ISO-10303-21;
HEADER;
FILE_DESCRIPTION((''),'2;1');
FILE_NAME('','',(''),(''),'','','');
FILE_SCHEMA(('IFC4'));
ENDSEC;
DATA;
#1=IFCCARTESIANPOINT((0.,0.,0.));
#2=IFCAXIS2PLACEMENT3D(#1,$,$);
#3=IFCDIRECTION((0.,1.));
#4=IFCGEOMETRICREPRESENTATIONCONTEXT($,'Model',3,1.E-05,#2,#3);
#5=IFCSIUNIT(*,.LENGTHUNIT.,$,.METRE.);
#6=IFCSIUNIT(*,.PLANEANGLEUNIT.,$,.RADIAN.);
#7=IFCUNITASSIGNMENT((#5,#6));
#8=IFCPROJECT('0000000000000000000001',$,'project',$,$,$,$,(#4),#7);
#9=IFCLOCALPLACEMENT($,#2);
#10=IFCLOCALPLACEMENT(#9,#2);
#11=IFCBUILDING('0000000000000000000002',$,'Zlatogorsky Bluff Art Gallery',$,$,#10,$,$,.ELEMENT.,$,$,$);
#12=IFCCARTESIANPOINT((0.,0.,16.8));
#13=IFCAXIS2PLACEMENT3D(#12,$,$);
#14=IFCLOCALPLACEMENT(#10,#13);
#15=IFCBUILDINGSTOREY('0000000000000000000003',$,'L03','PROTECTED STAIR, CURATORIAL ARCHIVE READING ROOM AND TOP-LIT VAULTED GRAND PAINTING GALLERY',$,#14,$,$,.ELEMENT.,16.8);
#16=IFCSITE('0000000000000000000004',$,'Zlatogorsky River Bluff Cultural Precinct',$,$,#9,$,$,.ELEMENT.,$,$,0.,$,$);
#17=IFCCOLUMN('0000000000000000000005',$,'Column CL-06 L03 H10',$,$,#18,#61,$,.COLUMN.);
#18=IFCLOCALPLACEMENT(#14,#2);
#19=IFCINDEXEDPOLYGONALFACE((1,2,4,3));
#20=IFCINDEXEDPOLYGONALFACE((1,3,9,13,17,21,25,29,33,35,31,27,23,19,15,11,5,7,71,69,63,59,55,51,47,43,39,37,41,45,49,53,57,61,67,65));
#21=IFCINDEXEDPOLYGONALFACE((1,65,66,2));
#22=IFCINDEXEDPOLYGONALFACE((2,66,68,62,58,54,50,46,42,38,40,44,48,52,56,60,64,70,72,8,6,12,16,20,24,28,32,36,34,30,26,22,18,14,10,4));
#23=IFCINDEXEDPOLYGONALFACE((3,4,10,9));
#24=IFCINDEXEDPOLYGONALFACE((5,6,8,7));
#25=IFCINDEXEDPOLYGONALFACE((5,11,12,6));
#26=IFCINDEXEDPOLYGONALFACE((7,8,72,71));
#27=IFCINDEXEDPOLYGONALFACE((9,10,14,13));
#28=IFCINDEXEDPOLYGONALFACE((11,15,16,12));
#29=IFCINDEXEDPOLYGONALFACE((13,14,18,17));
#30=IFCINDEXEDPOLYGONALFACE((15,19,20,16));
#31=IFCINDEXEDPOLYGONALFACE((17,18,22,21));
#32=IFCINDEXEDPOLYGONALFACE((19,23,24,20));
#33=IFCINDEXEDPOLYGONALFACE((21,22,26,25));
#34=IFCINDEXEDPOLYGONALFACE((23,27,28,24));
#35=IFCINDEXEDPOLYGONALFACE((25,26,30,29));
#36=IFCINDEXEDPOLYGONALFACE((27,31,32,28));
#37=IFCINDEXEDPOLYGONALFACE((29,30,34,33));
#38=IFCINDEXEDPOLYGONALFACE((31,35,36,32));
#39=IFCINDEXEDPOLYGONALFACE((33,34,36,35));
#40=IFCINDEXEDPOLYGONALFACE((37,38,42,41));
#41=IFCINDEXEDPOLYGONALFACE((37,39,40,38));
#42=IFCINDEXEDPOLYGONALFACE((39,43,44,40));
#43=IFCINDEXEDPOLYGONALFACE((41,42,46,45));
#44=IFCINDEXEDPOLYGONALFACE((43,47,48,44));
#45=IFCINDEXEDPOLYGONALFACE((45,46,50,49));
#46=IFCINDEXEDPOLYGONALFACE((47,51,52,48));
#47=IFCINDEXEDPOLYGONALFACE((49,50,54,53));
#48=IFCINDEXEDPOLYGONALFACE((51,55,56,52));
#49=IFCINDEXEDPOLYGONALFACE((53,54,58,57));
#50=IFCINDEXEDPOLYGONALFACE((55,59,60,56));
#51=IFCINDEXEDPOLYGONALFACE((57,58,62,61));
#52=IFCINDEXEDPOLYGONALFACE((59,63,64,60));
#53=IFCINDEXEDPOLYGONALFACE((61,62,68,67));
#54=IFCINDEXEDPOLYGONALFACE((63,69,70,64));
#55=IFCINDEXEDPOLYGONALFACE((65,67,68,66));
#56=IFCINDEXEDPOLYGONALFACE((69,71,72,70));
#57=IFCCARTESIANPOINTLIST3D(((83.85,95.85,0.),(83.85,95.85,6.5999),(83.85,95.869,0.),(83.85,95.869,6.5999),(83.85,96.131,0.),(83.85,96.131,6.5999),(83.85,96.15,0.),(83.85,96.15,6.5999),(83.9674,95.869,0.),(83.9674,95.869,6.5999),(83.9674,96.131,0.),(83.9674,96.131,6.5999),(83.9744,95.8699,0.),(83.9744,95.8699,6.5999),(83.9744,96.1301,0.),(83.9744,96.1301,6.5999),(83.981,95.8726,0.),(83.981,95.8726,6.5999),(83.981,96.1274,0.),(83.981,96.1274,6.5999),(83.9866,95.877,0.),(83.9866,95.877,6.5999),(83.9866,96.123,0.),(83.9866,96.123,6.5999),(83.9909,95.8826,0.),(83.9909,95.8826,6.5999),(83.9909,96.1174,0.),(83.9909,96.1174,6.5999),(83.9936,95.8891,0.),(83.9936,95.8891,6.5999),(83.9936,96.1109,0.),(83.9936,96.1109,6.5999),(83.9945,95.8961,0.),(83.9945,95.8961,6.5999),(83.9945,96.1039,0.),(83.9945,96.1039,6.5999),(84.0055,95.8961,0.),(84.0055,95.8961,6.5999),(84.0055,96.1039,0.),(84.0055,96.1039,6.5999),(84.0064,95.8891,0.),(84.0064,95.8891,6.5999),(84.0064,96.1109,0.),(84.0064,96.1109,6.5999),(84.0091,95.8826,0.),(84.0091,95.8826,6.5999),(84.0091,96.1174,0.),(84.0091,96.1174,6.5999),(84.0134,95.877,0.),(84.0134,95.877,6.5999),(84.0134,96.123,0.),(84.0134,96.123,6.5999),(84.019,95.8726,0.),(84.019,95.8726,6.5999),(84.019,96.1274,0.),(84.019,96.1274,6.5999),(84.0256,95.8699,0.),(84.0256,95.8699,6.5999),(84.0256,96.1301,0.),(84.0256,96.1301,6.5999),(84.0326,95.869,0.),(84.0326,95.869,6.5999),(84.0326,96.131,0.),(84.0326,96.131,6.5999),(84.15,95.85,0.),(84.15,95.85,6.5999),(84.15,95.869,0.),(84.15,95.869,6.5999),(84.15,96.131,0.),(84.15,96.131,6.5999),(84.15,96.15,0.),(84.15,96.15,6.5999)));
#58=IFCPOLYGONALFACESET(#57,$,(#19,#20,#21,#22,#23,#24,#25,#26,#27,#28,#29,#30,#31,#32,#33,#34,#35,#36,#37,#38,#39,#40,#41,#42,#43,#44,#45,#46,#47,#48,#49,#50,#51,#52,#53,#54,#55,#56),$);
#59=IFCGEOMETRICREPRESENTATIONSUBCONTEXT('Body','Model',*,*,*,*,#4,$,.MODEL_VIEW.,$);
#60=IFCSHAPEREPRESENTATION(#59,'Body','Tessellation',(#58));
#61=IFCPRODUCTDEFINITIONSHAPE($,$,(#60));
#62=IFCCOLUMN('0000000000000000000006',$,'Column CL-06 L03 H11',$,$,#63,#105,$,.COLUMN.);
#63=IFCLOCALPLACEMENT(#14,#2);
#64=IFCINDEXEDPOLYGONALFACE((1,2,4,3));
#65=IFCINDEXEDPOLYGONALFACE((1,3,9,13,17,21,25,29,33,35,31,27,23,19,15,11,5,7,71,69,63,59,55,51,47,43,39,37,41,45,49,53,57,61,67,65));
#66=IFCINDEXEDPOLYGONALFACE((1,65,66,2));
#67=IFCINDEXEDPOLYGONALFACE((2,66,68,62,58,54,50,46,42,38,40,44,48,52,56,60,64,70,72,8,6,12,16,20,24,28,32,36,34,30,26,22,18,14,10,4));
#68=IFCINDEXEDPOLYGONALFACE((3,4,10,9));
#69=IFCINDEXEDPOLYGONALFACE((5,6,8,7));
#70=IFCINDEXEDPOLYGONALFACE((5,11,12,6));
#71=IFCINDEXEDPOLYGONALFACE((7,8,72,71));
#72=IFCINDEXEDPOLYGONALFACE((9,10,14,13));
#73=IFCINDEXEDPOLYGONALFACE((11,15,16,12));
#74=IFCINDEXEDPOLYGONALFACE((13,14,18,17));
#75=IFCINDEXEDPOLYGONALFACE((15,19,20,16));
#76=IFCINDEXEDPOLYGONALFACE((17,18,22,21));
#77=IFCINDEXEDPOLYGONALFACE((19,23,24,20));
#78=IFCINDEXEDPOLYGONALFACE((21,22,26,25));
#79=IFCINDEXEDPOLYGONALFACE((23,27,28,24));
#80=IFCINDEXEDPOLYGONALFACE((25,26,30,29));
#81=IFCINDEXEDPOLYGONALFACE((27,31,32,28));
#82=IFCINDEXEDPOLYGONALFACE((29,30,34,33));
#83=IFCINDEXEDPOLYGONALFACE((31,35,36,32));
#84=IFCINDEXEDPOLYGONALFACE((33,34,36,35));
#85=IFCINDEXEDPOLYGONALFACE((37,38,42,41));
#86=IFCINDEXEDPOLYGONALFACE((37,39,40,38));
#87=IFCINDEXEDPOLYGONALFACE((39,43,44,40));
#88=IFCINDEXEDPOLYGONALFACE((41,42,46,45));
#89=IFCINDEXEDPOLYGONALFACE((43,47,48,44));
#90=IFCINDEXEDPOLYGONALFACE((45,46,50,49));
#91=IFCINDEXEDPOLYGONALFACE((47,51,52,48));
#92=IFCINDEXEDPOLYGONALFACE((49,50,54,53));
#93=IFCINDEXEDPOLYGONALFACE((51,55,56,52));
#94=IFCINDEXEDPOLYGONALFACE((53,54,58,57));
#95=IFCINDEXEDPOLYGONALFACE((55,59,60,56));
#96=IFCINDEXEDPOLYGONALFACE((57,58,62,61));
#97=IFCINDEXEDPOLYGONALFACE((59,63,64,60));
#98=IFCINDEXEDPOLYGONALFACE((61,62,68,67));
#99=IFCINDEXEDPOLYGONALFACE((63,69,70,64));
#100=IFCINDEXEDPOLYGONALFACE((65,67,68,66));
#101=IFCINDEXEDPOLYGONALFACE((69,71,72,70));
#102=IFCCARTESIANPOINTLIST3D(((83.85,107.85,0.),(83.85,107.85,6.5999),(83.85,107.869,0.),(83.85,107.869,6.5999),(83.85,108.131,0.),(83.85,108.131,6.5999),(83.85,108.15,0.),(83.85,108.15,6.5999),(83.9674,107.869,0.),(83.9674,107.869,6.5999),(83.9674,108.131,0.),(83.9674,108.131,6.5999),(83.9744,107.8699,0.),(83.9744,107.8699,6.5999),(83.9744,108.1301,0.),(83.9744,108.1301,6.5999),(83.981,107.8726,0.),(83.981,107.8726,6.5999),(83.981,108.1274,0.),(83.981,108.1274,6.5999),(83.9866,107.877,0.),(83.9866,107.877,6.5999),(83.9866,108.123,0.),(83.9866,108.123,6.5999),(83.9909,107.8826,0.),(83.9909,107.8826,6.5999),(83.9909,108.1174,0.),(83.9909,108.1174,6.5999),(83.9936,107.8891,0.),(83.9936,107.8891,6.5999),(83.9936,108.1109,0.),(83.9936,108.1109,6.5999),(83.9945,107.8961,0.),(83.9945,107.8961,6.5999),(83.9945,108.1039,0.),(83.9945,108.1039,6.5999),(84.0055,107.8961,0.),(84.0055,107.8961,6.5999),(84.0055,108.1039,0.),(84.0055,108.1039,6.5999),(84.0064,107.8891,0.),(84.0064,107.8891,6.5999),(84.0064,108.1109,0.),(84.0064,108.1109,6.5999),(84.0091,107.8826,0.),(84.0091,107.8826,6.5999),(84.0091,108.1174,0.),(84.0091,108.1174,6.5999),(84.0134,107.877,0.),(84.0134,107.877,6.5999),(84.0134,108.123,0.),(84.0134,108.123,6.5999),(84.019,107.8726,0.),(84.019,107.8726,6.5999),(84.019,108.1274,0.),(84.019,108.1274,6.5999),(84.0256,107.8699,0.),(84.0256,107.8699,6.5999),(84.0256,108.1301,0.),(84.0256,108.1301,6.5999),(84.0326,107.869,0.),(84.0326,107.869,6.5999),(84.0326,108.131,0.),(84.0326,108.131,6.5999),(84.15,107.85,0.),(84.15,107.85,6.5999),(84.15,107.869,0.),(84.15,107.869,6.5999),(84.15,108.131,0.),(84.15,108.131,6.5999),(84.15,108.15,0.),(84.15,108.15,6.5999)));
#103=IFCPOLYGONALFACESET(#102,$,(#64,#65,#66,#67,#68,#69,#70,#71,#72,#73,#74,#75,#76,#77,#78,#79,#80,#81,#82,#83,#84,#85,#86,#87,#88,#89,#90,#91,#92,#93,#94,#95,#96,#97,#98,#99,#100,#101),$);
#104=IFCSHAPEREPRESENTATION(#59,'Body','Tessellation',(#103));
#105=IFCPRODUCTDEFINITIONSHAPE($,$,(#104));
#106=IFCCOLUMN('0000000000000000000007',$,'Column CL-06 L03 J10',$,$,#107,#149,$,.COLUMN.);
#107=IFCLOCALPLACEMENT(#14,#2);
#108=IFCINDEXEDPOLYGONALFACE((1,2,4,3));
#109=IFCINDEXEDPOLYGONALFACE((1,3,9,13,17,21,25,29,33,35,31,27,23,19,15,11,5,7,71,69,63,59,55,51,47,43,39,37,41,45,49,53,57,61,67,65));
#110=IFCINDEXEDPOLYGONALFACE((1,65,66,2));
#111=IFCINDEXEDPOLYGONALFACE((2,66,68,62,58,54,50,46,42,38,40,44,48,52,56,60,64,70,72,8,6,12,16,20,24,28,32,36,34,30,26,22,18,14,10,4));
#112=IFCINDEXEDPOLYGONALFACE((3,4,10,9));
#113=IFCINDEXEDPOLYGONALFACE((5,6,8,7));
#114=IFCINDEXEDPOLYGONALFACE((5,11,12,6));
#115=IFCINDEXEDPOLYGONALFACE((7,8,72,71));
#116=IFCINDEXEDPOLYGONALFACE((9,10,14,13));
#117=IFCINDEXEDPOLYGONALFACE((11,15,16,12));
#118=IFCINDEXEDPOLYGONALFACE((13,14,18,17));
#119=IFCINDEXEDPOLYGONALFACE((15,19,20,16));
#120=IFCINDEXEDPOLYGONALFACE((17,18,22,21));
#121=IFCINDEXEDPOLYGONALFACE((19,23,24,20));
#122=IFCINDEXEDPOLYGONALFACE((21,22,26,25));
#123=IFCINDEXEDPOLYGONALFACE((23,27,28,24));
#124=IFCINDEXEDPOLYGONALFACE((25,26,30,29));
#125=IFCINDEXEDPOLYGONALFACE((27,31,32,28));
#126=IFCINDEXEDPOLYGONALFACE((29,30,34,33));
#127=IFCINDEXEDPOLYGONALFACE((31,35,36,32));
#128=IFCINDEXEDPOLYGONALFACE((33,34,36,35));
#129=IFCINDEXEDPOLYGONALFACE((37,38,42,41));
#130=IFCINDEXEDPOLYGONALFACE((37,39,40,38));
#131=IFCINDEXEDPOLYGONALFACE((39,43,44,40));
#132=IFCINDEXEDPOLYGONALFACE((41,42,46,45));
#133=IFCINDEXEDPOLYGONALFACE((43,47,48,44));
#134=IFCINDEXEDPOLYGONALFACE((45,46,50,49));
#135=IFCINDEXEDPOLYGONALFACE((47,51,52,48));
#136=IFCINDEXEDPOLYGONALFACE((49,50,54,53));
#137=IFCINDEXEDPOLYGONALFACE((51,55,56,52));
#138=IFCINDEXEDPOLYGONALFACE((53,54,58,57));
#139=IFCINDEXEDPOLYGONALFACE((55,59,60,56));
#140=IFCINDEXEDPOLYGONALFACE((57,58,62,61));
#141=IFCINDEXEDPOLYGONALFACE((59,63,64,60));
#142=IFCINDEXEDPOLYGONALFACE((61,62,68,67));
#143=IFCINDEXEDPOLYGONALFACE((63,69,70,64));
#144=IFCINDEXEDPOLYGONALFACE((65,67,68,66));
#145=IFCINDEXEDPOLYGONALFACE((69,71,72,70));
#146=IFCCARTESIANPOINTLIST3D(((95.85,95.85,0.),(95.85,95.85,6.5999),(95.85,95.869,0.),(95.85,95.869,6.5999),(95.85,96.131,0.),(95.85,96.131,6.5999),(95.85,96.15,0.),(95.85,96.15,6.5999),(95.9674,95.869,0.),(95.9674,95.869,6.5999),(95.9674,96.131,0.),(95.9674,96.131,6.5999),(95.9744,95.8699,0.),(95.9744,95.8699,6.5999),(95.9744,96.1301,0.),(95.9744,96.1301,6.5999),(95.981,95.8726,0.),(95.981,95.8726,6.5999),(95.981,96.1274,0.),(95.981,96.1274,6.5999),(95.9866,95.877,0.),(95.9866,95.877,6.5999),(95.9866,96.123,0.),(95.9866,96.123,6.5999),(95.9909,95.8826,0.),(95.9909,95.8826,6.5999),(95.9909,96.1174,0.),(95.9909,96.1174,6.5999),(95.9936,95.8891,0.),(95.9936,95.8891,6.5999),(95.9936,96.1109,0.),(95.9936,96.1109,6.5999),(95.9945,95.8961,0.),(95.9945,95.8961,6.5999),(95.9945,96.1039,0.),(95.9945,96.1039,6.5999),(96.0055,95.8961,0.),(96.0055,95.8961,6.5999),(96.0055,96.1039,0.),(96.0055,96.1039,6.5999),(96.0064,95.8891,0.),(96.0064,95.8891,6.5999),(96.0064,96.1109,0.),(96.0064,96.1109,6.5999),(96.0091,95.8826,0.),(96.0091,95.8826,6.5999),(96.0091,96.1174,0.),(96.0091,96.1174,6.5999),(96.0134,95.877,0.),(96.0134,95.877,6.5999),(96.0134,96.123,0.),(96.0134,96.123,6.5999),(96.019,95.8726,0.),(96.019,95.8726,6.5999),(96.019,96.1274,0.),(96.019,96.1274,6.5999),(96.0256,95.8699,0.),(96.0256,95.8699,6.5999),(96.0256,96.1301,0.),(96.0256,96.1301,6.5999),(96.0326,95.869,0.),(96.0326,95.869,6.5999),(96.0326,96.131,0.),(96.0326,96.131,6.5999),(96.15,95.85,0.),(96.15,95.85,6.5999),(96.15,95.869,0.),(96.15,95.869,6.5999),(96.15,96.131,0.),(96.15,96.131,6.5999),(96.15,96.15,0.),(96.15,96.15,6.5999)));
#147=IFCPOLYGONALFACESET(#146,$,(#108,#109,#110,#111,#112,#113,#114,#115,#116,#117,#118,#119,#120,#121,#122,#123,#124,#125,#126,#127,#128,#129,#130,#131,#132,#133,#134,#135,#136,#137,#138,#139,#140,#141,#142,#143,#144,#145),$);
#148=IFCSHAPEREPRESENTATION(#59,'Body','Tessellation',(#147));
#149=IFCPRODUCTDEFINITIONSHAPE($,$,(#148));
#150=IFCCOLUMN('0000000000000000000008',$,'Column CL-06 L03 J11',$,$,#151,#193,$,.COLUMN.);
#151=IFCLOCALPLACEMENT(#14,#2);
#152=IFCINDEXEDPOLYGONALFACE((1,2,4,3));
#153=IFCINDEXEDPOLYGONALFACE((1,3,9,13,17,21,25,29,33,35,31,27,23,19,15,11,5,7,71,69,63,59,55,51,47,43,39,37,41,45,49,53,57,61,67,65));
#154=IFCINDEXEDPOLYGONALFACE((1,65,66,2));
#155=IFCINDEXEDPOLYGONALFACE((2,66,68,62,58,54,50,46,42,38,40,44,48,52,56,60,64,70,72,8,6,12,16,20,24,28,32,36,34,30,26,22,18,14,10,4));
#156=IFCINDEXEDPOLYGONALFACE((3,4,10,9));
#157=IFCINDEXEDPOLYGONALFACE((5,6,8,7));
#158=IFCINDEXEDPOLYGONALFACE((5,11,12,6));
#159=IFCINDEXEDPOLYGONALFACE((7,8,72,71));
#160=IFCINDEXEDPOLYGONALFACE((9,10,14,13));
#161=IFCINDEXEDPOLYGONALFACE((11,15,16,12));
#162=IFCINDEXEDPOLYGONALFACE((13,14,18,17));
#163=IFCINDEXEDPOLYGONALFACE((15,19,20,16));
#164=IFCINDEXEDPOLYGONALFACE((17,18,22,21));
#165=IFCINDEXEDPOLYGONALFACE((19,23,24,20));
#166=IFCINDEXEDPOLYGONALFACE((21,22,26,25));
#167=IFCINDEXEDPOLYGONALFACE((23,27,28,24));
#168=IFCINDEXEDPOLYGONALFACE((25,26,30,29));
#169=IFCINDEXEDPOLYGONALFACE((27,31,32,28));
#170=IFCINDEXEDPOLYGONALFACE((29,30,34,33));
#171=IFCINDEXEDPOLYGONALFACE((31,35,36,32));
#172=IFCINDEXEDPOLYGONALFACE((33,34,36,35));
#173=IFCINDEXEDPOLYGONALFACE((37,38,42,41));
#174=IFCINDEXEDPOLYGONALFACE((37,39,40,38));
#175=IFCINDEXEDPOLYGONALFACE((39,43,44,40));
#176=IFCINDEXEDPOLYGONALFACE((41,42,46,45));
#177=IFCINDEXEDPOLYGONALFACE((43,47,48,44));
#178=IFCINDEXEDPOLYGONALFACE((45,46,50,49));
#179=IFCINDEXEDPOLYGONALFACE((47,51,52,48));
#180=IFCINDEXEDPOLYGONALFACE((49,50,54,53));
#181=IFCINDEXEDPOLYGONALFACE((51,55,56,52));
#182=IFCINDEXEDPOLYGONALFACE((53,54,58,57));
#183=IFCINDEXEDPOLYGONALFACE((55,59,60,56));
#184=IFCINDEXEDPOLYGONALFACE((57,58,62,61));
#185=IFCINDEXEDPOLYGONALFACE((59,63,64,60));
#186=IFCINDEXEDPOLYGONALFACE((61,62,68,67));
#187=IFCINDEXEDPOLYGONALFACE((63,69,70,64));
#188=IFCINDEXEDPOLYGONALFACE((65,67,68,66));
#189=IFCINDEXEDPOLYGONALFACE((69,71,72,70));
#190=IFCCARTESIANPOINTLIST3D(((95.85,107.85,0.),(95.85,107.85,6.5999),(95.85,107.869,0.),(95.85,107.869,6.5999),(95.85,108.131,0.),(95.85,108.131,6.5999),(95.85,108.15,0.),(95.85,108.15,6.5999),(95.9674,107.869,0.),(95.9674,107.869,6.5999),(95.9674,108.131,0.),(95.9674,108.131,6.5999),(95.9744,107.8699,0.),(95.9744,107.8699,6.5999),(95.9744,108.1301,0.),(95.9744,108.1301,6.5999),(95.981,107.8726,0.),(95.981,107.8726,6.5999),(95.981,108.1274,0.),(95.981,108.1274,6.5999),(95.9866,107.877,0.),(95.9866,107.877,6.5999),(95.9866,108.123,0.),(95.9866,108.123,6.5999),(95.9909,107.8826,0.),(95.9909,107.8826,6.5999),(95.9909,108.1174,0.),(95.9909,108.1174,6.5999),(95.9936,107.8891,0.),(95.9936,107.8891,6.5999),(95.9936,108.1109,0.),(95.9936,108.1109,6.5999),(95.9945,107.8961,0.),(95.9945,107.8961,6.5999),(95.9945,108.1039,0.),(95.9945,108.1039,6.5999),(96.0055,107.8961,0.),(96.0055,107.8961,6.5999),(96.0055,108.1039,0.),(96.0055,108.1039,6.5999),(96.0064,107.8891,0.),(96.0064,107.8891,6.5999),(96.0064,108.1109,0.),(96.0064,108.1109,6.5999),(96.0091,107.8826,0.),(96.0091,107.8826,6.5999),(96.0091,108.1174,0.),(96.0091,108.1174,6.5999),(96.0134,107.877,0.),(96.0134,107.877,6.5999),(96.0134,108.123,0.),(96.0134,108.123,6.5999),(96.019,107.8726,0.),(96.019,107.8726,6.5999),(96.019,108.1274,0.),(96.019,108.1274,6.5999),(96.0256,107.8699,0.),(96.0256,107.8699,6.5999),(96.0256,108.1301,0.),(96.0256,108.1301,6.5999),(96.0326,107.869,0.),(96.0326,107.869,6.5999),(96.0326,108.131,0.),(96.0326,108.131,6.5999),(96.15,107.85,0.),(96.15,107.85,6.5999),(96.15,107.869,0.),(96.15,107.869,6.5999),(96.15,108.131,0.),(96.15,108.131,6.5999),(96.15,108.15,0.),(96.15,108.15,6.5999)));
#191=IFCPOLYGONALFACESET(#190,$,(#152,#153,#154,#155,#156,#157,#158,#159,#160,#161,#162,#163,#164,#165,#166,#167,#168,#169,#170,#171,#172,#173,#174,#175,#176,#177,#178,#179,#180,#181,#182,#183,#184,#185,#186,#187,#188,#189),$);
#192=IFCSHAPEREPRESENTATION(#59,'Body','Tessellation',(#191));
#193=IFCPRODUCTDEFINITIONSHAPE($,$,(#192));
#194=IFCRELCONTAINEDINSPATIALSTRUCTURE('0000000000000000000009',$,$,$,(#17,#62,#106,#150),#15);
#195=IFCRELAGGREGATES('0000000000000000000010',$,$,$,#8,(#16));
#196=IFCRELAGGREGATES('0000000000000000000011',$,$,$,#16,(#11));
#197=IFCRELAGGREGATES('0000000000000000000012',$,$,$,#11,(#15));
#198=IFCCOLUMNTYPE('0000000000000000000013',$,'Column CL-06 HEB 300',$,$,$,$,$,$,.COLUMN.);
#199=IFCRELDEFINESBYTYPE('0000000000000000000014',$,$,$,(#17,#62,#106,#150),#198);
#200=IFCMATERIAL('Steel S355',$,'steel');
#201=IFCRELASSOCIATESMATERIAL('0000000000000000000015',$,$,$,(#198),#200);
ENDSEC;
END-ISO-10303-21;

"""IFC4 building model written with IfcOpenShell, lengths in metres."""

from ifc_helpers import new_model, si_unit, direction, frame, origin, origin_2d, place, context, subcontext, project, spatial, i_section, extrude, material, material_profile, profile_set, type_object, element, save


model = new_model("IFC4")

# Units and contexts
model_context = context("Model", 3, precision=1e-05, world=origin(), true_north=direction((0.0, 1.0)))
body_context = subcontext(model_context, "Body", "Model", "MODEL_VIEW")
ifc_project = project(units=[si_unit("LENGTHUNIT", "METRE"), si_unit("PLANEANGLEUNIT", "RADIAN")], contexts=[model_context])

# Site, building, storey
site_placement = place(None, origin())
site = spatial("IfcSite", under=ifc_project, at=site_placement, Name="Zlatogorsky River Bluff Cultural Precinct", CompositionType="ELEMENT", RefElevation=0.0)
building_placement = place(site_placement, origin())
building = spatial("IfcBuilding", under=site, at=building_placement, Name="Zlatogorsky Bluff Art Gallery", CompositionType="ELEMENT")
storey_placement = place(building_placement, frame((0.0, 0.0, 16.8)))
storey = spatial("IfcBuildingStorey", under=building, at=storey_placement, Name="L03", Description="PROTECTED STAIR, CURATORIAL ARCHIVE READING ROOM AND TOP-LIT VAULTED GRAND PAINTING GALLERY", CompositionType="ELEMENT", Elevation=16.8)

# Columns
ifc_material_1 = material(Name="Steel S355", Category="steel")
ifc_material_profile_1 = material_profile(ifc_material_1, i_section(OverallWidth=0.3, OverallDepth=0.3, WebThickness=0.011, FlangeThickness=0.019, FilletRadius=0.0271, at=origin_2d()), Name="HEB 300")
ifc_profile_set_1 = profile_set([ifc_material_profile_1], Name="Steel S355")
column_type = type_object("IfcColumnType", Name="Column CL-06 HEB 300", PredefinedType="COLUMN", material=ifc_profile_set_1)
for number, where, z_axis, x_axis, name in (
    (1, (84.0, 96.0, 0.0), (0.0, 0.0, 1.0), (1.0, 0.0, 0.0), "Column CL-06 L03 H10"),
    (2, (84.0, 108.0, 0.0), (0.0, 0.0, 1.0), (1.0, 0.0, 0.0), "Column CL-06 L03 H11"),
    (3, (96.0, 96.0, 0.0), (0.0, 0.0, 1.0), (1.0, 0.0, 0.0), "Column CL-06 L03 J10"),
    (4, (96.0, 108.0, 0.0), (0.0, 0.0, 1.0), (1.0, 0.0, 0.0), "Column CL-06 L03 J11"),
):
    element("IfcColumn", number, at=place(storey_placement, frame(where, z_axis=z_axis, x_axis=x_axis)), inside=storey, type_object=column_type, Name=name, PredefinedType="COLUMN", context=body_context, shape_type="SweptSolid", body=[
        extrude(i_section(OverallWidth=0.3, OverallDepth=0.3, WebThickness=0.011, FlangeThickness=0.019, FilletRadius=0.0271, at=origin_2d()), origin(), (0.0, 0.0, 1.0), 6.5999),
    ])

save(model, "model.ifc")
